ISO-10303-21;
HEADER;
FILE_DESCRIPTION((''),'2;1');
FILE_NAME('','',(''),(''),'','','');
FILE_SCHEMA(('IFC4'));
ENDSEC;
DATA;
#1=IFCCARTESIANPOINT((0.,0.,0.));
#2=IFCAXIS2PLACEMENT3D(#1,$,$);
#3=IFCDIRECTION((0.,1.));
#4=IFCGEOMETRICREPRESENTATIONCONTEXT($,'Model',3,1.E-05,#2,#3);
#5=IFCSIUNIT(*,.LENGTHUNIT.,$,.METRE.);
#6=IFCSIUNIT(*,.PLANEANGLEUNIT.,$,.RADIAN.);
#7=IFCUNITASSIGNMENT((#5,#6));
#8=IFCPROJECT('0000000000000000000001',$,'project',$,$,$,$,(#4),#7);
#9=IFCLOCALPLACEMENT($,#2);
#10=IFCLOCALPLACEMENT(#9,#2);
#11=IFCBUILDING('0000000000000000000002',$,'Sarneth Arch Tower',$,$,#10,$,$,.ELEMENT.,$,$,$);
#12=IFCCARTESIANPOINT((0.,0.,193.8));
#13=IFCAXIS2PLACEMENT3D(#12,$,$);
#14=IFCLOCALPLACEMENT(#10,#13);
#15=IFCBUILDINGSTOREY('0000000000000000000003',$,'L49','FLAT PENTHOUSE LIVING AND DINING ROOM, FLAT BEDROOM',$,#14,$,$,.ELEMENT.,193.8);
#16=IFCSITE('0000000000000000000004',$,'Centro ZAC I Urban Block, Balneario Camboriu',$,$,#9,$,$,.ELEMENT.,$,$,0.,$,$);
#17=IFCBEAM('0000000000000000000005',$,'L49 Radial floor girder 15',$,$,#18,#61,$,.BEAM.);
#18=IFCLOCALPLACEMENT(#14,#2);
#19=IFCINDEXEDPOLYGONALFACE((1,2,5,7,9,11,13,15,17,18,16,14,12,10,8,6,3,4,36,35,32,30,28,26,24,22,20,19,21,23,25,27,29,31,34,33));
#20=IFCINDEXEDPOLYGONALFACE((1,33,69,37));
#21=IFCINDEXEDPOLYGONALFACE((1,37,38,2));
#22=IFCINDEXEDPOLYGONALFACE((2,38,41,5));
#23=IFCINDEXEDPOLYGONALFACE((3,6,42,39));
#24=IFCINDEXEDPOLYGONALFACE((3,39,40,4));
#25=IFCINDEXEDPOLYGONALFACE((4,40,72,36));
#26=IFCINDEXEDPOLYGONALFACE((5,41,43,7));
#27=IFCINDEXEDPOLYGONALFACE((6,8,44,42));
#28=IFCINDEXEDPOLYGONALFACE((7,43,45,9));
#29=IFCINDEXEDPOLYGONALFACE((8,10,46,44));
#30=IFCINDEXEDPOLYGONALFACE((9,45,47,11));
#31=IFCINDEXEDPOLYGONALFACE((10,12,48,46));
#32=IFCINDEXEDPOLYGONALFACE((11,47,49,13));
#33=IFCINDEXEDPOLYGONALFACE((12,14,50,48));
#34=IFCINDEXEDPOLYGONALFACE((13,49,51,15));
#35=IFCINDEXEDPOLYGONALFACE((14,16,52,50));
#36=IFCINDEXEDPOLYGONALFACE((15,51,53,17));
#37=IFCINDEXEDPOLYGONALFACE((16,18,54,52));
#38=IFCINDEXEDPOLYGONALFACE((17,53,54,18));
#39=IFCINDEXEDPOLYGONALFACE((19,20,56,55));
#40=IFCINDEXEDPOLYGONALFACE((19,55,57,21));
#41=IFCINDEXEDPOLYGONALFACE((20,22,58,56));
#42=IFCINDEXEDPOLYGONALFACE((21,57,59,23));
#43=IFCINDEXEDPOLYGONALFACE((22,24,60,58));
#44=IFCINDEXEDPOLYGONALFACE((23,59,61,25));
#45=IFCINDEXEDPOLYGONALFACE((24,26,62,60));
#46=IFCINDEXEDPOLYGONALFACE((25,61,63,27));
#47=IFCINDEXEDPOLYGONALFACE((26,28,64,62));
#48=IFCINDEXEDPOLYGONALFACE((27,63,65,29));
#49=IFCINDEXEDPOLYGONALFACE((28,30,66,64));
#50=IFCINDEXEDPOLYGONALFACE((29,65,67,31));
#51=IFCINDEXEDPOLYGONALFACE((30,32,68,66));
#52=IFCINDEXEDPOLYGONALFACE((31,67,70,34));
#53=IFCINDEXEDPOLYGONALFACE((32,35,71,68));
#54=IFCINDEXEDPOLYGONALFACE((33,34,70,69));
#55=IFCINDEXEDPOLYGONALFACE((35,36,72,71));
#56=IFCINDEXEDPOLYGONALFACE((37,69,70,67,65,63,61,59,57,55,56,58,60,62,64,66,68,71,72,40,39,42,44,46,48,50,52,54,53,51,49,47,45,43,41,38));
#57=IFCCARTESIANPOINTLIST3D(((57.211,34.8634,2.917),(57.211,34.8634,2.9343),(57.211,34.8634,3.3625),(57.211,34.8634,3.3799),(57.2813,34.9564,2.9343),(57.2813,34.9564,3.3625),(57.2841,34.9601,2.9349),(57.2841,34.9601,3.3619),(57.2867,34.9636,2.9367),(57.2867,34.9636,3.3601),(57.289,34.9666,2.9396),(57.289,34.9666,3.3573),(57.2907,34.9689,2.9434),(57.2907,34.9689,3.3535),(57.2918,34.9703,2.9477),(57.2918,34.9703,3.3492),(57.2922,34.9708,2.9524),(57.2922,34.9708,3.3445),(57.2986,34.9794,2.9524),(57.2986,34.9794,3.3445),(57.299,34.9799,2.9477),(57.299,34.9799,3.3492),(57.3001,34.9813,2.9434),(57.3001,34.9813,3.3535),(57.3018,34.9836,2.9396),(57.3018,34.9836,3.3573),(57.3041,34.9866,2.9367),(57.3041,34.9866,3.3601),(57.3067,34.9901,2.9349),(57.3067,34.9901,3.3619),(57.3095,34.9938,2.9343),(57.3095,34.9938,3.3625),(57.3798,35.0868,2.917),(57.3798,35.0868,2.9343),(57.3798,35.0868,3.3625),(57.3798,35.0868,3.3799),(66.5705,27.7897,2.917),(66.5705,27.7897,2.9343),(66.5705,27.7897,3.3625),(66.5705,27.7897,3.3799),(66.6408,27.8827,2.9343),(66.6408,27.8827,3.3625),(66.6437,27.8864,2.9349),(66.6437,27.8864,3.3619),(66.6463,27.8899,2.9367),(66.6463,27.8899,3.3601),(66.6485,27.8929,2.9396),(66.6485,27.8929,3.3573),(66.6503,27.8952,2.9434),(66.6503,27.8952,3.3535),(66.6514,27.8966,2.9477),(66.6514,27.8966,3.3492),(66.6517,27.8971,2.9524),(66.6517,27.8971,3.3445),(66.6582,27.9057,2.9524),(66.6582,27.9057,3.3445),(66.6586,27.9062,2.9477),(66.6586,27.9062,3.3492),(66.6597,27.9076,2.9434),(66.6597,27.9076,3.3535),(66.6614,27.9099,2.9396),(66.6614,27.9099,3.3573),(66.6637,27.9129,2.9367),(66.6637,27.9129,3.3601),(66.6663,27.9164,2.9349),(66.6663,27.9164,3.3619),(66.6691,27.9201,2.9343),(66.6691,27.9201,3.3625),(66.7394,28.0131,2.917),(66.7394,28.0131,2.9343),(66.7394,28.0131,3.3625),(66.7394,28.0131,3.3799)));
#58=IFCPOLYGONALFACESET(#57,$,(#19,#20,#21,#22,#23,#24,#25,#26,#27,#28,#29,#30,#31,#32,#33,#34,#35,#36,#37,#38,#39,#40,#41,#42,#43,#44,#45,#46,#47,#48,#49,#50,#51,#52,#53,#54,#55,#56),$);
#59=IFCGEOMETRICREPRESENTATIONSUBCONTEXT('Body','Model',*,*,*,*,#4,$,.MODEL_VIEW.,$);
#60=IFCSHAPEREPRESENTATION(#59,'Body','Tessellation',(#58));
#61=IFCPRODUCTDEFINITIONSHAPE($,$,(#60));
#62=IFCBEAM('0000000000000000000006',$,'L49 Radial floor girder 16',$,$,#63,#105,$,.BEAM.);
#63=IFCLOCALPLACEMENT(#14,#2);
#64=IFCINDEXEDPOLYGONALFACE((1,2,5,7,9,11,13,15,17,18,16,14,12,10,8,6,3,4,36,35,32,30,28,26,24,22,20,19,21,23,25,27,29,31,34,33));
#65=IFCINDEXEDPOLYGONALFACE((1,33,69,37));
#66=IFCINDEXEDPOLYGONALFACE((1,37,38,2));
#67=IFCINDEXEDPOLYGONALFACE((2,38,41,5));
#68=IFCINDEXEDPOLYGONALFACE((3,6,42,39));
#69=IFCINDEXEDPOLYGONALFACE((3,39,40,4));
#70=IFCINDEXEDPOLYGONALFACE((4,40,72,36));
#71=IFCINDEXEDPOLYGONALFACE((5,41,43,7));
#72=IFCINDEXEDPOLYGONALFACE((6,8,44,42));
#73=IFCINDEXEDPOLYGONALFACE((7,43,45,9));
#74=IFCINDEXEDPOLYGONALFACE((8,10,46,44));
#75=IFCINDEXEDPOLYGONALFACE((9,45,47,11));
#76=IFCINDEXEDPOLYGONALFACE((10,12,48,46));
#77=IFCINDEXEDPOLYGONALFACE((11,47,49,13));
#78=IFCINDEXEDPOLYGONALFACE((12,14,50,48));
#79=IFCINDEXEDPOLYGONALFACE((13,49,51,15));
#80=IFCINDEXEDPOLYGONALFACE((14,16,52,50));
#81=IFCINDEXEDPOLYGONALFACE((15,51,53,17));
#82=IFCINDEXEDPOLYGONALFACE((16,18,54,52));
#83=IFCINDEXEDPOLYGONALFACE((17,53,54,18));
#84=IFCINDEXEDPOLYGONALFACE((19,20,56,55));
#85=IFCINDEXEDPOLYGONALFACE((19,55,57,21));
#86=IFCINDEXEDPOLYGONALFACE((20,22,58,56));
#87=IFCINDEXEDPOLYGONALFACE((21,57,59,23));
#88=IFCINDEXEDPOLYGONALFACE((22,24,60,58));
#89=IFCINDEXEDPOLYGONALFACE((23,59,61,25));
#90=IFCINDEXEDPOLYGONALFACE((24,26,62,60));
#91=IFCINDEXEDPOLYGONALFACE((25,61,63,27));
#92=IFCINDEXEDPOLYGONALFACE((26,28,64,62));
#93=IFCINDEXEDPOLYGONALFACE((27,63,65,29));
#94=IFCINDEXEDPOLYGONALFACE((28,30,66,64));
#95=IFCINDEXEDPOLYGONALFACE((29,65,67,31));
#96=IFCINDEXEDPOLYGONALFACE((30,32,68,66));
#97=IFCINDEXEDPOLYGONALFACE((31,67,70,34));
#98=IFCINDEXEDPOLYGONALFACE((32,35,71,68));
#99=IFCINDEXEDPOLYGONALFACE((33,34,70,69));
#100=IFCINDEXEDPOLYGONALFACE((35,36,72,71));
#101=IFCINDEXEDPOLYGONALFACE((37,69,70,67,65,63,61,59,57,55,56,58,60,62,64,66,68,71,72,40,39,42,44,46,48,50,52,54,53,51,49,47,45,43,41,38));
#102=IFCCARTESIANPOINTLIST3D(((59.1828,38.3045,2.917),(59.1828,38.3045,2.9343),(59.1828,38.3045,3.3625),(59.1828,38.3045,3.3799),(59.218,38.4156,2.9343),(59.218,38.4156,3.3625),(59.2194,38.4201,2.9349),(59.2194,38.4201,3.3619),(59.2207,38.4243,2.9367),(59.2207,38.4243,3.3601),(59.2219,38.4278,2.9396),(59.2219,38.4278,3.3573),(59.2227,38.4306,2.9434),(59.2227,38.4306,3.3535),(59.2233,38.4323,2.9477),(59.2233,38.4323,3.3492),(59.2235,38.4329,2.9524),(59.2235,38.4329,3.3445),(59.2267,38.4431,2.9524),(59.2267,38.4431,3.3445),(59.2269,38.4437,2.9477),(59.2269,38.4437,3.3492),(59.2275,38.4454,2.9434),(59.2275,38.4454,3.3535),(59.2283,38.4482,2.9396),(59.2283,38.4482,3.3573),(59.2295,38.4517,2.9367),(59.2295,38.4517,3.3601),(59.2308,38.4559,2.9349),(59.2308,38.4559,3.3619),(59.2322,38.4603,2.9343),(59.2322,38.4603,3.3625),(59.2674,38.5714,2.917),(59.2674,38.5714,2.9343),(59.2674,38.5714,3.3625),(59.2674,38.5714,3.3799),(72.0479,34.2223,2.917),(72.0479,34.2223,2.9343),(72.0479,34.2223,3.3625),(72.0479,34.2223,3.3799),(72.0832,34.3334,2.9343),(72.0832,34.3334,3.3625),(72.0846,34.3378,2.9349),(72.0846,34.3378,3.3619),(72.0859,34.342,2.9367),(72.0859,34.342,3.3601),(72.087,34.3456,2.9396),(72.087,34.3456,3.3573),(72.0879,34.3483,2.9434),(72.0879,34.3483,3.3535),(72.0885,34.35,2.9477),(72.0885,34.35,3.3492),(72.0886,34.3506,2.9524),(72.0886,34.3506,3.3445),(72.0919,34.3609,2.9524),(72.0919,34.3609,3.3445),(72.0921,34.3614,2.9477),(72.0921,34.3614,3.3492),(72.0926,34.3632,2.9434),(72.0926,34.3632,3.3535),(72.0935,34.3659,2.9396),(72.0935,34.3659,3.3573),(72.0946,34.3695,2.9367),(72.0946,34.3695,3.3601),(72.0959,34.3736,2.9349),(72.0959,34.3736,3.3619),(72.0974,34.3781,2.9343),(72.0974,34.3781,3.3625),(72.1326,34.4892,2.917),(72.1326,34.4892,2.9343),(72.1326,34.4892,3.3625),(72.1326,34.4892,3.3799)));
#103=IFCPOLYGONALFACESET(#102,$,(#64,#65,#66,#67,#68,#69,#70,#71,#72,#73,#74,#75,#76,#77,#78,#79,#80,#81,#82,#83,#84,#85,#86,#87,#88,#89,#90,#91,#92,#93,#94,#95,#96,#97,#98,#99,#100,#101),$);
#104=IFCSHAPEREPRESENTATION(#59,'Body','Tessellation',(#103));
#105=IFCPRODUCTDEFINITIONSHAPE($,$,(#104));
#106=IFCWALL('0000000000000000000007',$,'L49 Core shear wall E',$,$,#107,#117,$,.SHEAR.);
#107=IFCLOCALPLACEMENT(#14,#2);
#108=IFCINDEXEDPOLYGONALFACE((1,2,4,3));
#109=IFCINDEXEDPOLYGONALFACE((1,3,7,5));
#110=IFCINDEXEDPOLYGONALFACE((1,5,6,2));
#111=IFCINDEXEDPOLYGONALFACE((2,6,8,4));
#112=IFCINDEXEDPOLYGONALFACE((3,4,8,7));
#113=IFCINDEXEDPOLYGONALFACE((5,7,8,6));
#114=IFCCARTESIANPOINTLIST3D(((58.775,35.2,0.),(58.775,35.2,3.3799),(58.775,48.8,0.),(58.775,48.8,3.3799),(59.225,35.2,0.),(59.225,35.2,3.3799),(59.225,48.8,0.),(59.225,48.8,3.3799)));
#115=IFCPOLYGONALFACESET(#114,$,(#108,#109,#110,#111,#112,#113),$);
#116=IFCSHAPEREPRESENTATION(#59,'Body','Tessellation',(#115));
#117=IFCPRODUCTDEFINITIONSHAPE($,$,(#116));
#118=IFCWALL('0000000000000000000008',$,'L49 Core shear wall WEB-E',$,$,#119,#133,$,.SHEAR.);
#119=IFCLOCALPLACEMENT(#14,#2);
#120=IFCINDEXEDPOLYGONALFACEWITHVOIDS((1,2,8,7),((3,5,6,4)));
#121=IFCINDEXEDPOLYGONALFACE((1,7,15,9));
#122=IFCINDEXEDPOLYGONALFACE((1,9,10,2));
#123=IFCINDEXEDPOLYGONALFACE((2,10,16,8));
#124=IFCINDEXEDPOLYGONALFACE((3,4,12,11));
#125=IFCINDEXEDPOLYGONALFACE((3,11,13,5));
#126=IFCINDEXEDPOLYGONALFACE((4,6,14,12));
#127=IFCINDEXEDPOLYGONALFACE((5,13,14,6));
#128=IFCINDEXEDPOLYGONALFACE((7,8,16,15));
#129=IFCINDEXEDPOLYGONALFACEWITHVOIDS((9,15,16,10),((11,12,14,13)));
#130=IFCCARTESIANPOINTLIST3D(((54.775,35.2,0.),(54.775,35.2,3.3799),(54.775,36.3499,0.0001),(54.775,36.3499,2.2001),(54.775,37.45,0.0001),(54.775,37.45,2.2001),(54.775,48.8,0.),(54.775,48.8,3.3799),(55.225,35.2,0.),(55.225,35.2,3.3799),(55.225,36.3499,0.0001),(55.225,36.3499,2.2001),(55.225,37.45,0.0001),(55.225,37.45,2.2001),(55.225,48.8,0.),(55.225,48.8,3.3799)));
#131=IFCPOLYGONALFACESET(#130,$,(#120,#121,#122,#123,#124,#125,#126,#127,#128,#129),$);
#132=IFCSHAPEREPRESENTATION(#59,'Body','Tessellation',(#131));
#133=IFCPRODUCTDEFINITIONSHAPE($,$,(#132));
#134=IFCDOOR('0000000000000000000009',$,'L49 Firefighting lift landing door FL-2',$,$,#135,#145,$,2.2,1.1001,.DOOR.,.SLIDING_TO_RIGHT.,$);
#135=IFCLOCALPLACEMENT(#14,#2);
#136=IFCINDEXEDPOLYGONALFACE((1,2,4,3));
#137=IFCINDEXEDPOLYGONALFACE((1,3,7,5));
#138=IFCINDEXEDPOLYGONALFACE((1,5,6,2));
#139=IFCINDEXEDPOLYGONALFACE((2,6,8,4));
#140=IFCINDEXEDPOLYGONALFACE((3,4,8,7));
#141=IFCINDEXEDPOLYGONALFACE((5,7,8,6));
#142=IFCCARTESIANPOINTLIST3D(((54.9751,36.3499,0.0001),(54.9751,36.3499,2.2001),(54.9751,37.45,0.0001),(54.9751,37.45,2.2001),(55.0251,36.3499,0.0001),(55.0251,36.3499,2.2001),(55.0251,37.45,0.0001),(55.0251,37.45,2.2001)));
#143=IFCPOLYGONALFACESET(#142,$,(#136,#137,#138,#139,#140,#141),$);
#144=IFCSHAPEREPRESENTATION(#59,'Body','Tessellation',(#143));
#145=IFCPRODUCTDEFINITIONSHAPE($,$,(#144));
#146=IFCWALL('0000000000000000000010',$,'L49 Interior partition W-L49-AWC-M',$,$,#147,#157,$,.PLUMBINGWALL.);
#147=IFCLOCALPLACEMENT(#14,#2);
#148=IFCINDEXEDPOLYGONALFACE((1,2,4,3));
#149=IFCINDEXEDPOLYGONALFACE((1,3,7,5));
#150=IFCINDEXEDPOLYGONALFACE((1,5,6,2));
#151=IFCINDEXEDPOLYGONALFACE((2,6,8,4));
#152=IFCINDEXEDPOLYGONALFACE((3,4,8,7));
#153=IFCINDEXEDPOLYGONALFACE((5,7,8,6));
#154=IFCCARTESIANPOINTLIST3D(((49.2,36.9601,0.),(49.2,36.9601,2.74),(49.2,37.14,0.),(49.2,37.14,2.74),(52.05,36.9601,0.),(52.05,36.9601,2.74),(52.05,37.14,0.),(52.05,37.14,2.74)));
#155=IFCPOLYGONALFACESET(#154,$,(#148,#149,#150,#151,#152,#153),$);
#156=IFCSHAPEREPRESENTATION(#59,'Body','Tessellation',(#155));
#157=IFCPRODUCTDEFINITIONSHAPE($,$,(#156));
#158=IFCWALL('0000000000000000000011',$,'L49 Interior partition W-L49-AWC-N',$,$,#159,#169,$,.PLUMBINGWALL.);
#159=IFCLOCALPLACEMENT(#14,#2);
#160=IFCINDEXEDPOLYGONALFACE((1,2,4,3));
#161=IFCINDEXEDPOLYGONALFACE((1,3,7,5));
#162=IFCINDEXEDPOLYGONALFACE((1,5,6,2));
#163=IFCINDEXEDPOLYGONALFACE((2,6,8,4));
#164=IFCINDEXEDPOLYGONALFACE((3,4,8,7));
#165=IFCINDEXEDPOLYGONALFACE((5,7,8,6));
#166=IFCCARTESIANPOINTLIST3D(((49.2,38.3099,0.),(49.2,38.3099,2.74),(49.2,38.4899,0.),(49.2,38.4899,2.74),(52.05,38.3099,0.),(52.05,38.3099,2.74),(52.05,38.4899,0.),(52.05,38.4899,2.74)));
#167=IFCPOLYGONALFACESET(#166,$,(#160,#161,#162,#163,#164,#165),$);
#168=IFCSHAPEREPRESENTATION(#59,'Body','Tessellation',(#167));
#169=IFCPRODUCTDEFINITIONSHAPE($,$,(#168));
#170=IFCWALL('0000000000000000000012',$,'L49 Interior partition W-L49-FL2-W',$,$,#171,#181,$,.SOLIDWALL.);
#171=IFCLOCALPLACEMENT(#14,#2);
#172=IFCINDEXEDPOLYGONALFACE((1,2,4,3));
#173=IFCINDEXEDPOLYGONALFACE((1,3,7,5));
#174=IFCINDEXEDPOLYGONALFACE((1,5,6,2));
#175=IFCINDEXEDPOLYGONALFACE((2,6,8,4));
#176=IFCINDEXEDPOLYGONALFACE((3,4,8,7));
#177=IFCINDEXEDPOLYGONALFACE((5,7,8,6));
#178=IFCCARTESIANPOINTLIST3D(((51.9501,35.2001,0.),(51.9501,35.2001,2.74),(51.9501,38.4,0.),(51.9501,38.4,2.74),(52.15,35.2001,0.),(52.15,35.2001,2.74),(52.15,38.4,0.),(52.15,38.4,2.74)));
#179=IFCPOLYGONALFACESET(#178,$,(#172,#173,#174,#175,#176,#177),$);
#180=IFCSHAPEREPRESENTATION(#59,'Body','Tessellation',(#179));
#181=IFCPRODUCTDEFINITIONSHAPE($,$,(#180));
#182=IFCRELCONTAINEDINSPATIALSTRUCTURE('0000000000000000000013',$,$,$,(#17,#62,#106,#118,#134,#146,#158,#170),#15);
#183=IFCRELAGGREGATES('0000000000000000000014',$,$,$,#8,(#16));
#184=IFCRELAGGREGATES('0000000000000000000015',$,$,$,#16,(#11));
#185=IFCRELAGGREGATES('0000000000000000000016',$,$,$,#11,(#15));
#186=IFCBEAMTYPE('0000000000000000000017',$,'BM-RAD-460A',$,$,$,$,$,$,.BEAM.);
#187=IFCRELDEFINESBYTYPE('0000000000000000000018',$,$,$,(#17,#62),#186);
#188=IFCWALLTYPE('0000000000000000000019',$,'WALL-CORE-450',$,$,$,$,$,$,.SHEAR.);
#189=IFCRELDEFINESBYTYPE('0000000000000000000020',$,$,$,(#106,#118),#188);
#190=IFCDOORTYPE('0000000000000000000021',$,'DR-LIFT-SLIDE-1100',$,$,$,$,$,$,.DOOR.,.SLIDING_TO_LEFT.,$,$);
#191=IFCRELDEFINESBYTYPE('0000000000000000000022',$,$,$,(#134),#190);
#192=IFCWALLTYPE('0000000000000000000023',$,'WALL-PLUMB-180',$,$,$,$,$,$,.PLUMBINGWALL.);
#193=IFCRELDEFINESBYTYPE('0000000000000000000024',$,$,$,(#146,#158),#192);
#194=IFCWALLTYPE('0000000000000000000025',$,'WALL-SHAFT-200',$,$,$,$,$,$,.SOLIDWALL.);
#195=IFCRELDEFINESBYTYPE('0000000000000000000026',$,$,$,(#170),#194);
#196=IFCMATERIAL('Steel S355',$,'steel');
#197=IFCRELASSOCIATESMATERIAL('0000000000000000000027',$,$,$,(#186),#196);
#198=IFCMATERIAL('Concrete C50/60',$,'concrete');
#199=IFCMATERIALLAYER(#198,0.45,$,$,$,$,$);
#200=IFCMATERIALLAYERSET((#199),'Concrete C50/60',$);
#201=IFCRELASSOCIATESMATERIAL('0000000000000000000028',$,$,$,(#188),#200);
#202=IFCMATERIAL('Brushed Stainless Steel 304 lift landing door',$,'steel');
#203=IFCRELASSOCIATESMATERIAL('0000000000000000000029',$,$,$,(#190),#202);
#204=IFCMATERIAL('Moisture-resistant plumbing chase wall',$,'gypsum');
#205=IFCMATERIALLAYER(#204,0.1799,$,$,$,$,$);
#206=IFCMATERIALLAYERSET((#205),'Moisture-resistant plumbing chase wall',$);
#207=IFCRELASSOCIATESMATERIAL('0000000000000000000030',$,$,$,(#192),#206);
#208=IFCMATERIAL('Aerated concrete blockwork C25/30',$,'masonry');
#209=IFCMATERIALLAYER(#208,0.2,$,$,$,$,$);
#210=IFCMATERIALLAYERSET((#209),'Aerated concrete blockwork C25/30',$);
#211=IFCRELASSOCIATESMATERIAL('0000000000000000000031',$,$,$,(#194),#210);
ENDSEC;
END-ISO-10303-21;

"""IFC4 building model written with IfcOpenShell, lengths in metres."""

from ifc_helpers import new_model, si_unit, direction, frame, frame_2d, origin, origin_2d, place, context, subcontext, project, spatial, rectangle, i_section, extrude, material, layer, layer_set, material_profile, profile_set, type_object, element, fill, save


model = new_model("IFC4")

# Units and contexts
model_context = context("Model", 3, precision=1e-05, world=origin(), true_north=direction((0.0, 1.0)))
body_context = subcontext(model_context, "Body", "Model", "MODEL_VIEW")
ifc_project = project(units=[si_unit("LENGTHUNIT", "METRE"), si_unit("PLANEANGLEUNIT", "RADIAN")], contexts=[model_context])

# Site, building, storey
site_placement = place(None, origin())
site = spatial("IfcSite", under=ifc_project, at=site_placement, Name="Centro ZAC I Urban Block, Balneario Camboriu", CompositionType="ELEMENT", RefElevation=0.0)
building_placement = place(site_placement, origin())
building = spatial("IfcBuilding", under=site, at=building_placement, Name="Sarneth Arch Tower", CompositionType="ELEMENT")
storey_placement = place(building_placement, frame((0.0, 0.0, 193.8)))
storey = spatial("IfcBuildingStorey", under=building, at=storey_placement, Name="L49", Description="FLAT PENTHOUSE LIVING AND DINING ROOM, FLAT BEDROOM", CompositionType="ELEMENT", Elevation=193.8)

# Beams
ifc_material_1 = material(Name="Steel S355", Category="steel")
ifc_material_profile_1 = material_profile(ifc_material_1, i_section(OverallWidth=0.28, OverallDepth=0.4629, WebThickness=0.0107, FlangeThickness=0.0173, FilletRadius=0.0181, at=origin_2d()), Name="W460x113")
ifc_profile_set_1 = profile_set([ifc_material_profile_1], Name="Steel S355")
beam_type_1 = type_object("IfcBeamType", Name="BM-RAD-460A", PredefinedType="BEAM", material=ifc_profile_set_1)
beam_1_placement = place(storey_placement, frame((57.2954, 34.9751, 3.1484), z_axis=(0.797785, -0.602943, 0.0), x_axis=(0.602943, 0.797785, 0.0)))
element("IfcBeam", 1, at=beam_1_placement, inside=storey, type_object=beam_type_1, Name="L49 Radial floor girder 15", PredefinedType="BEAM", context=body_context, shape_type="SweptSolid", body=[
    extrude(i_section(OverallWidth=0.28, OverallDepth=0.4629, WebThickness=0.0107, FlangeThickness=0.0173, FilletRadius=0.0181, at=origin_2d()), origin(), (0.0, 0.0, 1.0), 11.7319),
])
beam_2_placement = place(storey_placement, frame((59.2251, 38.438, 3.1484), z_axis=(0.953165, -0.302449, 0.0), x_axis=(0.302449, 0.953165, 0.0)))
element("IfcBeam", 2, at=beam_2_placement, inside=storey, type_object=beam_type_1, Name="L49 Radial floor girder 16", PredefinedType="BEAM", context=body_context, shape_type="SweptSolid", body=[
    extrude(i_section(OverallWidth=0.28, OverallDepth=0.4629, WebThickness=0.0107, FlangeThickness=0.0173, FilletRadius=0.0181, at=origin_2d()), origin(), (0.0, 0.0, 1.0), 13.4973),
])

# Shared definitions
ifc_material_2 = material(Name="Concrete C50/60", Category="concrete")
ifc_layer_1 = layer(ifc_material_2, 0.45)
ifc_layer_set_1 = layer_set([ifc_layer_1], Name="Concrete C50/60")
wall_type_1 = type_object("IfcWallType", Name="WALL-CORE-450", PredefinedType="SHEAR", material=ifc_layer_set_1)

# Wall
wall_1_placement = place(storey_placement, frame((59.0, 35.2, 0.0), z_axis=(0.0, 0.0, 1.0), x_axis=(0.0, 1.0, 0.0)))
element("IfcWall", 3, at=wall_1_placement, inside=storey, type_object=wall_type_1, Name="L49 Core shear wall E", PredefinedType="SHEAR", context=body_context, shape_type="SweptSolid", body=[
    extrude(rectangle(XDim=13.6001, YDim=0.45, at=frame_2d((6.8, 0.0))), origin(), (0.0, 0.0, 1.0), 3.3799),
])

# Wall, opening, door
wall_2_placement = place(storey_placement, frame((55.0, 35.2, 0.0), z_axis=(0.0, 0.0, 1.0), x_axis=(0.0, 1.0, 0.0)))
wall_2 = element("IfcWall", 4, at=wall_2_placement, inside=storey, type_object=wall_type_1, Name="L49 Core shear wall WEB-E", PredefinedType="SHEAR", context=body_context, shape_type="SweptSolid", body=[
    extrude(rectangle(XDim=13.6001, YDim=0.45, at=frame_2d((6.8, 0.0))), origin(), (0.0, 0.0, 1.0), 3.3799),
])
opening_1_placement = place(wall_2_placement, frame((1.1499, 0.0, 0.0)))
opening_1 = element("IfcOpeningElement", 5, at=opening_1_placement, cuts=wall_2, PredefinedType="OPENING", context=body_context, shape_type="SweptSolid", body=[
    extrude(rectangle(XDim=1.1001, YDim=2.2, at=frame_2d((0.55, 1.1001))), frame((0.0, 0.2349, 0.0), z_axis=(0.0, -1.0, 0.0), x_axis=(1.0, 0.0, 0.0)), (0.0, 0.0, 1.0), 0.47),
])
ifc_material_3 = material(Name="Brushed Stainless Steel 304 lift landing door", Category="steel")
door_type_1 = type_object("IfcDoorType", Name="DR-LIFT-SLIDE-1100", OperationType="SLIDING_TO_LEFT", PredefinedType="DOOR", material=ifc_material_3)
door_1_placement = place(opening_1_placement, origin())
door_1 = element("IfcDoor", 6, at=door_1_placement, inside=storey, type_object=door_type_1, Name="L49 Firefighting lift landing door FL-2", OperationType="SLIDING_TO_RIGHT", OverallHeight=2.2, OverallWidth=1.1001, PredefinedType="DOOR", context=body_context, shape_type="SweptSolid", body=[
    extrude(rectangle(XDim=1.1001, YDim=2.2, at=frame_2d((0.55, 1.1001))), frame((0.0, 0.0249, 0.0), z_axis=(0.0, -1.0, 0.0), x_axis=(1.0, 0.0, 0.0)), (0.0, 0.0, 1.0), 0.05),
])
fill(opening_1, door_1)

# Walls
ifc_material_4 = material(Name="Moisture-resistant plumbing chase wall", Category="gypsum")
ifc_layer_2 = layer(ifc_material_4, 0.1799)
ifc_layer_set_2 = layer_set([ifc_layer_2], Name="Moisture-resistant plumbing chase wall")
wall_type_2 = type_object("IfcWallType", Name="WALL-PLUMB-180", PredefinedType="PLUMBINGWALL", material=ifc_layer_set_2)
for number, where, z_axis, x_axis, name in (
    (7, (49.2, 37.05, 0.0), (0.0, 0.0, 1.0), (1.0, 0.0, 0.0), "L49 Interior partition W-L49-AWC-M"),
    (8, (49.2, 38.3999, 0.0), (0.0, 0.0, 1.0), (1.0, 0.0, 0.0), "L49 Interior partition W-L49-AWC-N"),
):
    element("IfcWall", number, at=place(storey_placement, frame(where, z_axis=z_axis, x_axis=x_axis)), inside=storey, type_object=wall_type_2, Name=name, PredefinedType="PLUMBINGWALL", context=body_context, shape_type="SweptSolid", body=[
        extrude(rectangle(XDim=2.8501, YDim=0.1799, at=frame_2d((1.425, 0.0))), origin(), (0.0, 0.0, 1.0), 2.74),
    ])

# Shared definitions
ifc_material_5 = material(Name="Aerated concrete blockwork C25/30", Category="masonry")
ifc_layer_3 = layer(ifc_material_5, 0.2)
ifc_layer_set_3 = layer_set([ifc_layer_3], Name="Aerated concrete blockwork C25/30")
wall_type_3 = type_object("IfcWallType", Name="WALL-SHAFT-200", PredefinedType="SOLIDWALL", material=ifc_layer_set_3)

# Wall
wall_3_placement = place(storey_placement, frame((52.05, 35.2, 0.0), z_axis=(0.0, 0.0, 1.0), x_axis=(0.0, 1.0, 0.0)))
element("IfcWall", 9, at=wall_3_placement, inside=storey, type_object=wall_type_3, Name="L49 Interior partition W-L49-FL2-W", PredefinedType="SOLIDWALL", context=body_context, shape_type="SweptSolid", body=[
    extrude(rectangle(XDim=3.2, YDim=0.2, at=frame_2d((1.6001, 0.0))), origin(), (0.0, 0.0, 1.0), 2.74),
])

save(model, "model.ifc")
